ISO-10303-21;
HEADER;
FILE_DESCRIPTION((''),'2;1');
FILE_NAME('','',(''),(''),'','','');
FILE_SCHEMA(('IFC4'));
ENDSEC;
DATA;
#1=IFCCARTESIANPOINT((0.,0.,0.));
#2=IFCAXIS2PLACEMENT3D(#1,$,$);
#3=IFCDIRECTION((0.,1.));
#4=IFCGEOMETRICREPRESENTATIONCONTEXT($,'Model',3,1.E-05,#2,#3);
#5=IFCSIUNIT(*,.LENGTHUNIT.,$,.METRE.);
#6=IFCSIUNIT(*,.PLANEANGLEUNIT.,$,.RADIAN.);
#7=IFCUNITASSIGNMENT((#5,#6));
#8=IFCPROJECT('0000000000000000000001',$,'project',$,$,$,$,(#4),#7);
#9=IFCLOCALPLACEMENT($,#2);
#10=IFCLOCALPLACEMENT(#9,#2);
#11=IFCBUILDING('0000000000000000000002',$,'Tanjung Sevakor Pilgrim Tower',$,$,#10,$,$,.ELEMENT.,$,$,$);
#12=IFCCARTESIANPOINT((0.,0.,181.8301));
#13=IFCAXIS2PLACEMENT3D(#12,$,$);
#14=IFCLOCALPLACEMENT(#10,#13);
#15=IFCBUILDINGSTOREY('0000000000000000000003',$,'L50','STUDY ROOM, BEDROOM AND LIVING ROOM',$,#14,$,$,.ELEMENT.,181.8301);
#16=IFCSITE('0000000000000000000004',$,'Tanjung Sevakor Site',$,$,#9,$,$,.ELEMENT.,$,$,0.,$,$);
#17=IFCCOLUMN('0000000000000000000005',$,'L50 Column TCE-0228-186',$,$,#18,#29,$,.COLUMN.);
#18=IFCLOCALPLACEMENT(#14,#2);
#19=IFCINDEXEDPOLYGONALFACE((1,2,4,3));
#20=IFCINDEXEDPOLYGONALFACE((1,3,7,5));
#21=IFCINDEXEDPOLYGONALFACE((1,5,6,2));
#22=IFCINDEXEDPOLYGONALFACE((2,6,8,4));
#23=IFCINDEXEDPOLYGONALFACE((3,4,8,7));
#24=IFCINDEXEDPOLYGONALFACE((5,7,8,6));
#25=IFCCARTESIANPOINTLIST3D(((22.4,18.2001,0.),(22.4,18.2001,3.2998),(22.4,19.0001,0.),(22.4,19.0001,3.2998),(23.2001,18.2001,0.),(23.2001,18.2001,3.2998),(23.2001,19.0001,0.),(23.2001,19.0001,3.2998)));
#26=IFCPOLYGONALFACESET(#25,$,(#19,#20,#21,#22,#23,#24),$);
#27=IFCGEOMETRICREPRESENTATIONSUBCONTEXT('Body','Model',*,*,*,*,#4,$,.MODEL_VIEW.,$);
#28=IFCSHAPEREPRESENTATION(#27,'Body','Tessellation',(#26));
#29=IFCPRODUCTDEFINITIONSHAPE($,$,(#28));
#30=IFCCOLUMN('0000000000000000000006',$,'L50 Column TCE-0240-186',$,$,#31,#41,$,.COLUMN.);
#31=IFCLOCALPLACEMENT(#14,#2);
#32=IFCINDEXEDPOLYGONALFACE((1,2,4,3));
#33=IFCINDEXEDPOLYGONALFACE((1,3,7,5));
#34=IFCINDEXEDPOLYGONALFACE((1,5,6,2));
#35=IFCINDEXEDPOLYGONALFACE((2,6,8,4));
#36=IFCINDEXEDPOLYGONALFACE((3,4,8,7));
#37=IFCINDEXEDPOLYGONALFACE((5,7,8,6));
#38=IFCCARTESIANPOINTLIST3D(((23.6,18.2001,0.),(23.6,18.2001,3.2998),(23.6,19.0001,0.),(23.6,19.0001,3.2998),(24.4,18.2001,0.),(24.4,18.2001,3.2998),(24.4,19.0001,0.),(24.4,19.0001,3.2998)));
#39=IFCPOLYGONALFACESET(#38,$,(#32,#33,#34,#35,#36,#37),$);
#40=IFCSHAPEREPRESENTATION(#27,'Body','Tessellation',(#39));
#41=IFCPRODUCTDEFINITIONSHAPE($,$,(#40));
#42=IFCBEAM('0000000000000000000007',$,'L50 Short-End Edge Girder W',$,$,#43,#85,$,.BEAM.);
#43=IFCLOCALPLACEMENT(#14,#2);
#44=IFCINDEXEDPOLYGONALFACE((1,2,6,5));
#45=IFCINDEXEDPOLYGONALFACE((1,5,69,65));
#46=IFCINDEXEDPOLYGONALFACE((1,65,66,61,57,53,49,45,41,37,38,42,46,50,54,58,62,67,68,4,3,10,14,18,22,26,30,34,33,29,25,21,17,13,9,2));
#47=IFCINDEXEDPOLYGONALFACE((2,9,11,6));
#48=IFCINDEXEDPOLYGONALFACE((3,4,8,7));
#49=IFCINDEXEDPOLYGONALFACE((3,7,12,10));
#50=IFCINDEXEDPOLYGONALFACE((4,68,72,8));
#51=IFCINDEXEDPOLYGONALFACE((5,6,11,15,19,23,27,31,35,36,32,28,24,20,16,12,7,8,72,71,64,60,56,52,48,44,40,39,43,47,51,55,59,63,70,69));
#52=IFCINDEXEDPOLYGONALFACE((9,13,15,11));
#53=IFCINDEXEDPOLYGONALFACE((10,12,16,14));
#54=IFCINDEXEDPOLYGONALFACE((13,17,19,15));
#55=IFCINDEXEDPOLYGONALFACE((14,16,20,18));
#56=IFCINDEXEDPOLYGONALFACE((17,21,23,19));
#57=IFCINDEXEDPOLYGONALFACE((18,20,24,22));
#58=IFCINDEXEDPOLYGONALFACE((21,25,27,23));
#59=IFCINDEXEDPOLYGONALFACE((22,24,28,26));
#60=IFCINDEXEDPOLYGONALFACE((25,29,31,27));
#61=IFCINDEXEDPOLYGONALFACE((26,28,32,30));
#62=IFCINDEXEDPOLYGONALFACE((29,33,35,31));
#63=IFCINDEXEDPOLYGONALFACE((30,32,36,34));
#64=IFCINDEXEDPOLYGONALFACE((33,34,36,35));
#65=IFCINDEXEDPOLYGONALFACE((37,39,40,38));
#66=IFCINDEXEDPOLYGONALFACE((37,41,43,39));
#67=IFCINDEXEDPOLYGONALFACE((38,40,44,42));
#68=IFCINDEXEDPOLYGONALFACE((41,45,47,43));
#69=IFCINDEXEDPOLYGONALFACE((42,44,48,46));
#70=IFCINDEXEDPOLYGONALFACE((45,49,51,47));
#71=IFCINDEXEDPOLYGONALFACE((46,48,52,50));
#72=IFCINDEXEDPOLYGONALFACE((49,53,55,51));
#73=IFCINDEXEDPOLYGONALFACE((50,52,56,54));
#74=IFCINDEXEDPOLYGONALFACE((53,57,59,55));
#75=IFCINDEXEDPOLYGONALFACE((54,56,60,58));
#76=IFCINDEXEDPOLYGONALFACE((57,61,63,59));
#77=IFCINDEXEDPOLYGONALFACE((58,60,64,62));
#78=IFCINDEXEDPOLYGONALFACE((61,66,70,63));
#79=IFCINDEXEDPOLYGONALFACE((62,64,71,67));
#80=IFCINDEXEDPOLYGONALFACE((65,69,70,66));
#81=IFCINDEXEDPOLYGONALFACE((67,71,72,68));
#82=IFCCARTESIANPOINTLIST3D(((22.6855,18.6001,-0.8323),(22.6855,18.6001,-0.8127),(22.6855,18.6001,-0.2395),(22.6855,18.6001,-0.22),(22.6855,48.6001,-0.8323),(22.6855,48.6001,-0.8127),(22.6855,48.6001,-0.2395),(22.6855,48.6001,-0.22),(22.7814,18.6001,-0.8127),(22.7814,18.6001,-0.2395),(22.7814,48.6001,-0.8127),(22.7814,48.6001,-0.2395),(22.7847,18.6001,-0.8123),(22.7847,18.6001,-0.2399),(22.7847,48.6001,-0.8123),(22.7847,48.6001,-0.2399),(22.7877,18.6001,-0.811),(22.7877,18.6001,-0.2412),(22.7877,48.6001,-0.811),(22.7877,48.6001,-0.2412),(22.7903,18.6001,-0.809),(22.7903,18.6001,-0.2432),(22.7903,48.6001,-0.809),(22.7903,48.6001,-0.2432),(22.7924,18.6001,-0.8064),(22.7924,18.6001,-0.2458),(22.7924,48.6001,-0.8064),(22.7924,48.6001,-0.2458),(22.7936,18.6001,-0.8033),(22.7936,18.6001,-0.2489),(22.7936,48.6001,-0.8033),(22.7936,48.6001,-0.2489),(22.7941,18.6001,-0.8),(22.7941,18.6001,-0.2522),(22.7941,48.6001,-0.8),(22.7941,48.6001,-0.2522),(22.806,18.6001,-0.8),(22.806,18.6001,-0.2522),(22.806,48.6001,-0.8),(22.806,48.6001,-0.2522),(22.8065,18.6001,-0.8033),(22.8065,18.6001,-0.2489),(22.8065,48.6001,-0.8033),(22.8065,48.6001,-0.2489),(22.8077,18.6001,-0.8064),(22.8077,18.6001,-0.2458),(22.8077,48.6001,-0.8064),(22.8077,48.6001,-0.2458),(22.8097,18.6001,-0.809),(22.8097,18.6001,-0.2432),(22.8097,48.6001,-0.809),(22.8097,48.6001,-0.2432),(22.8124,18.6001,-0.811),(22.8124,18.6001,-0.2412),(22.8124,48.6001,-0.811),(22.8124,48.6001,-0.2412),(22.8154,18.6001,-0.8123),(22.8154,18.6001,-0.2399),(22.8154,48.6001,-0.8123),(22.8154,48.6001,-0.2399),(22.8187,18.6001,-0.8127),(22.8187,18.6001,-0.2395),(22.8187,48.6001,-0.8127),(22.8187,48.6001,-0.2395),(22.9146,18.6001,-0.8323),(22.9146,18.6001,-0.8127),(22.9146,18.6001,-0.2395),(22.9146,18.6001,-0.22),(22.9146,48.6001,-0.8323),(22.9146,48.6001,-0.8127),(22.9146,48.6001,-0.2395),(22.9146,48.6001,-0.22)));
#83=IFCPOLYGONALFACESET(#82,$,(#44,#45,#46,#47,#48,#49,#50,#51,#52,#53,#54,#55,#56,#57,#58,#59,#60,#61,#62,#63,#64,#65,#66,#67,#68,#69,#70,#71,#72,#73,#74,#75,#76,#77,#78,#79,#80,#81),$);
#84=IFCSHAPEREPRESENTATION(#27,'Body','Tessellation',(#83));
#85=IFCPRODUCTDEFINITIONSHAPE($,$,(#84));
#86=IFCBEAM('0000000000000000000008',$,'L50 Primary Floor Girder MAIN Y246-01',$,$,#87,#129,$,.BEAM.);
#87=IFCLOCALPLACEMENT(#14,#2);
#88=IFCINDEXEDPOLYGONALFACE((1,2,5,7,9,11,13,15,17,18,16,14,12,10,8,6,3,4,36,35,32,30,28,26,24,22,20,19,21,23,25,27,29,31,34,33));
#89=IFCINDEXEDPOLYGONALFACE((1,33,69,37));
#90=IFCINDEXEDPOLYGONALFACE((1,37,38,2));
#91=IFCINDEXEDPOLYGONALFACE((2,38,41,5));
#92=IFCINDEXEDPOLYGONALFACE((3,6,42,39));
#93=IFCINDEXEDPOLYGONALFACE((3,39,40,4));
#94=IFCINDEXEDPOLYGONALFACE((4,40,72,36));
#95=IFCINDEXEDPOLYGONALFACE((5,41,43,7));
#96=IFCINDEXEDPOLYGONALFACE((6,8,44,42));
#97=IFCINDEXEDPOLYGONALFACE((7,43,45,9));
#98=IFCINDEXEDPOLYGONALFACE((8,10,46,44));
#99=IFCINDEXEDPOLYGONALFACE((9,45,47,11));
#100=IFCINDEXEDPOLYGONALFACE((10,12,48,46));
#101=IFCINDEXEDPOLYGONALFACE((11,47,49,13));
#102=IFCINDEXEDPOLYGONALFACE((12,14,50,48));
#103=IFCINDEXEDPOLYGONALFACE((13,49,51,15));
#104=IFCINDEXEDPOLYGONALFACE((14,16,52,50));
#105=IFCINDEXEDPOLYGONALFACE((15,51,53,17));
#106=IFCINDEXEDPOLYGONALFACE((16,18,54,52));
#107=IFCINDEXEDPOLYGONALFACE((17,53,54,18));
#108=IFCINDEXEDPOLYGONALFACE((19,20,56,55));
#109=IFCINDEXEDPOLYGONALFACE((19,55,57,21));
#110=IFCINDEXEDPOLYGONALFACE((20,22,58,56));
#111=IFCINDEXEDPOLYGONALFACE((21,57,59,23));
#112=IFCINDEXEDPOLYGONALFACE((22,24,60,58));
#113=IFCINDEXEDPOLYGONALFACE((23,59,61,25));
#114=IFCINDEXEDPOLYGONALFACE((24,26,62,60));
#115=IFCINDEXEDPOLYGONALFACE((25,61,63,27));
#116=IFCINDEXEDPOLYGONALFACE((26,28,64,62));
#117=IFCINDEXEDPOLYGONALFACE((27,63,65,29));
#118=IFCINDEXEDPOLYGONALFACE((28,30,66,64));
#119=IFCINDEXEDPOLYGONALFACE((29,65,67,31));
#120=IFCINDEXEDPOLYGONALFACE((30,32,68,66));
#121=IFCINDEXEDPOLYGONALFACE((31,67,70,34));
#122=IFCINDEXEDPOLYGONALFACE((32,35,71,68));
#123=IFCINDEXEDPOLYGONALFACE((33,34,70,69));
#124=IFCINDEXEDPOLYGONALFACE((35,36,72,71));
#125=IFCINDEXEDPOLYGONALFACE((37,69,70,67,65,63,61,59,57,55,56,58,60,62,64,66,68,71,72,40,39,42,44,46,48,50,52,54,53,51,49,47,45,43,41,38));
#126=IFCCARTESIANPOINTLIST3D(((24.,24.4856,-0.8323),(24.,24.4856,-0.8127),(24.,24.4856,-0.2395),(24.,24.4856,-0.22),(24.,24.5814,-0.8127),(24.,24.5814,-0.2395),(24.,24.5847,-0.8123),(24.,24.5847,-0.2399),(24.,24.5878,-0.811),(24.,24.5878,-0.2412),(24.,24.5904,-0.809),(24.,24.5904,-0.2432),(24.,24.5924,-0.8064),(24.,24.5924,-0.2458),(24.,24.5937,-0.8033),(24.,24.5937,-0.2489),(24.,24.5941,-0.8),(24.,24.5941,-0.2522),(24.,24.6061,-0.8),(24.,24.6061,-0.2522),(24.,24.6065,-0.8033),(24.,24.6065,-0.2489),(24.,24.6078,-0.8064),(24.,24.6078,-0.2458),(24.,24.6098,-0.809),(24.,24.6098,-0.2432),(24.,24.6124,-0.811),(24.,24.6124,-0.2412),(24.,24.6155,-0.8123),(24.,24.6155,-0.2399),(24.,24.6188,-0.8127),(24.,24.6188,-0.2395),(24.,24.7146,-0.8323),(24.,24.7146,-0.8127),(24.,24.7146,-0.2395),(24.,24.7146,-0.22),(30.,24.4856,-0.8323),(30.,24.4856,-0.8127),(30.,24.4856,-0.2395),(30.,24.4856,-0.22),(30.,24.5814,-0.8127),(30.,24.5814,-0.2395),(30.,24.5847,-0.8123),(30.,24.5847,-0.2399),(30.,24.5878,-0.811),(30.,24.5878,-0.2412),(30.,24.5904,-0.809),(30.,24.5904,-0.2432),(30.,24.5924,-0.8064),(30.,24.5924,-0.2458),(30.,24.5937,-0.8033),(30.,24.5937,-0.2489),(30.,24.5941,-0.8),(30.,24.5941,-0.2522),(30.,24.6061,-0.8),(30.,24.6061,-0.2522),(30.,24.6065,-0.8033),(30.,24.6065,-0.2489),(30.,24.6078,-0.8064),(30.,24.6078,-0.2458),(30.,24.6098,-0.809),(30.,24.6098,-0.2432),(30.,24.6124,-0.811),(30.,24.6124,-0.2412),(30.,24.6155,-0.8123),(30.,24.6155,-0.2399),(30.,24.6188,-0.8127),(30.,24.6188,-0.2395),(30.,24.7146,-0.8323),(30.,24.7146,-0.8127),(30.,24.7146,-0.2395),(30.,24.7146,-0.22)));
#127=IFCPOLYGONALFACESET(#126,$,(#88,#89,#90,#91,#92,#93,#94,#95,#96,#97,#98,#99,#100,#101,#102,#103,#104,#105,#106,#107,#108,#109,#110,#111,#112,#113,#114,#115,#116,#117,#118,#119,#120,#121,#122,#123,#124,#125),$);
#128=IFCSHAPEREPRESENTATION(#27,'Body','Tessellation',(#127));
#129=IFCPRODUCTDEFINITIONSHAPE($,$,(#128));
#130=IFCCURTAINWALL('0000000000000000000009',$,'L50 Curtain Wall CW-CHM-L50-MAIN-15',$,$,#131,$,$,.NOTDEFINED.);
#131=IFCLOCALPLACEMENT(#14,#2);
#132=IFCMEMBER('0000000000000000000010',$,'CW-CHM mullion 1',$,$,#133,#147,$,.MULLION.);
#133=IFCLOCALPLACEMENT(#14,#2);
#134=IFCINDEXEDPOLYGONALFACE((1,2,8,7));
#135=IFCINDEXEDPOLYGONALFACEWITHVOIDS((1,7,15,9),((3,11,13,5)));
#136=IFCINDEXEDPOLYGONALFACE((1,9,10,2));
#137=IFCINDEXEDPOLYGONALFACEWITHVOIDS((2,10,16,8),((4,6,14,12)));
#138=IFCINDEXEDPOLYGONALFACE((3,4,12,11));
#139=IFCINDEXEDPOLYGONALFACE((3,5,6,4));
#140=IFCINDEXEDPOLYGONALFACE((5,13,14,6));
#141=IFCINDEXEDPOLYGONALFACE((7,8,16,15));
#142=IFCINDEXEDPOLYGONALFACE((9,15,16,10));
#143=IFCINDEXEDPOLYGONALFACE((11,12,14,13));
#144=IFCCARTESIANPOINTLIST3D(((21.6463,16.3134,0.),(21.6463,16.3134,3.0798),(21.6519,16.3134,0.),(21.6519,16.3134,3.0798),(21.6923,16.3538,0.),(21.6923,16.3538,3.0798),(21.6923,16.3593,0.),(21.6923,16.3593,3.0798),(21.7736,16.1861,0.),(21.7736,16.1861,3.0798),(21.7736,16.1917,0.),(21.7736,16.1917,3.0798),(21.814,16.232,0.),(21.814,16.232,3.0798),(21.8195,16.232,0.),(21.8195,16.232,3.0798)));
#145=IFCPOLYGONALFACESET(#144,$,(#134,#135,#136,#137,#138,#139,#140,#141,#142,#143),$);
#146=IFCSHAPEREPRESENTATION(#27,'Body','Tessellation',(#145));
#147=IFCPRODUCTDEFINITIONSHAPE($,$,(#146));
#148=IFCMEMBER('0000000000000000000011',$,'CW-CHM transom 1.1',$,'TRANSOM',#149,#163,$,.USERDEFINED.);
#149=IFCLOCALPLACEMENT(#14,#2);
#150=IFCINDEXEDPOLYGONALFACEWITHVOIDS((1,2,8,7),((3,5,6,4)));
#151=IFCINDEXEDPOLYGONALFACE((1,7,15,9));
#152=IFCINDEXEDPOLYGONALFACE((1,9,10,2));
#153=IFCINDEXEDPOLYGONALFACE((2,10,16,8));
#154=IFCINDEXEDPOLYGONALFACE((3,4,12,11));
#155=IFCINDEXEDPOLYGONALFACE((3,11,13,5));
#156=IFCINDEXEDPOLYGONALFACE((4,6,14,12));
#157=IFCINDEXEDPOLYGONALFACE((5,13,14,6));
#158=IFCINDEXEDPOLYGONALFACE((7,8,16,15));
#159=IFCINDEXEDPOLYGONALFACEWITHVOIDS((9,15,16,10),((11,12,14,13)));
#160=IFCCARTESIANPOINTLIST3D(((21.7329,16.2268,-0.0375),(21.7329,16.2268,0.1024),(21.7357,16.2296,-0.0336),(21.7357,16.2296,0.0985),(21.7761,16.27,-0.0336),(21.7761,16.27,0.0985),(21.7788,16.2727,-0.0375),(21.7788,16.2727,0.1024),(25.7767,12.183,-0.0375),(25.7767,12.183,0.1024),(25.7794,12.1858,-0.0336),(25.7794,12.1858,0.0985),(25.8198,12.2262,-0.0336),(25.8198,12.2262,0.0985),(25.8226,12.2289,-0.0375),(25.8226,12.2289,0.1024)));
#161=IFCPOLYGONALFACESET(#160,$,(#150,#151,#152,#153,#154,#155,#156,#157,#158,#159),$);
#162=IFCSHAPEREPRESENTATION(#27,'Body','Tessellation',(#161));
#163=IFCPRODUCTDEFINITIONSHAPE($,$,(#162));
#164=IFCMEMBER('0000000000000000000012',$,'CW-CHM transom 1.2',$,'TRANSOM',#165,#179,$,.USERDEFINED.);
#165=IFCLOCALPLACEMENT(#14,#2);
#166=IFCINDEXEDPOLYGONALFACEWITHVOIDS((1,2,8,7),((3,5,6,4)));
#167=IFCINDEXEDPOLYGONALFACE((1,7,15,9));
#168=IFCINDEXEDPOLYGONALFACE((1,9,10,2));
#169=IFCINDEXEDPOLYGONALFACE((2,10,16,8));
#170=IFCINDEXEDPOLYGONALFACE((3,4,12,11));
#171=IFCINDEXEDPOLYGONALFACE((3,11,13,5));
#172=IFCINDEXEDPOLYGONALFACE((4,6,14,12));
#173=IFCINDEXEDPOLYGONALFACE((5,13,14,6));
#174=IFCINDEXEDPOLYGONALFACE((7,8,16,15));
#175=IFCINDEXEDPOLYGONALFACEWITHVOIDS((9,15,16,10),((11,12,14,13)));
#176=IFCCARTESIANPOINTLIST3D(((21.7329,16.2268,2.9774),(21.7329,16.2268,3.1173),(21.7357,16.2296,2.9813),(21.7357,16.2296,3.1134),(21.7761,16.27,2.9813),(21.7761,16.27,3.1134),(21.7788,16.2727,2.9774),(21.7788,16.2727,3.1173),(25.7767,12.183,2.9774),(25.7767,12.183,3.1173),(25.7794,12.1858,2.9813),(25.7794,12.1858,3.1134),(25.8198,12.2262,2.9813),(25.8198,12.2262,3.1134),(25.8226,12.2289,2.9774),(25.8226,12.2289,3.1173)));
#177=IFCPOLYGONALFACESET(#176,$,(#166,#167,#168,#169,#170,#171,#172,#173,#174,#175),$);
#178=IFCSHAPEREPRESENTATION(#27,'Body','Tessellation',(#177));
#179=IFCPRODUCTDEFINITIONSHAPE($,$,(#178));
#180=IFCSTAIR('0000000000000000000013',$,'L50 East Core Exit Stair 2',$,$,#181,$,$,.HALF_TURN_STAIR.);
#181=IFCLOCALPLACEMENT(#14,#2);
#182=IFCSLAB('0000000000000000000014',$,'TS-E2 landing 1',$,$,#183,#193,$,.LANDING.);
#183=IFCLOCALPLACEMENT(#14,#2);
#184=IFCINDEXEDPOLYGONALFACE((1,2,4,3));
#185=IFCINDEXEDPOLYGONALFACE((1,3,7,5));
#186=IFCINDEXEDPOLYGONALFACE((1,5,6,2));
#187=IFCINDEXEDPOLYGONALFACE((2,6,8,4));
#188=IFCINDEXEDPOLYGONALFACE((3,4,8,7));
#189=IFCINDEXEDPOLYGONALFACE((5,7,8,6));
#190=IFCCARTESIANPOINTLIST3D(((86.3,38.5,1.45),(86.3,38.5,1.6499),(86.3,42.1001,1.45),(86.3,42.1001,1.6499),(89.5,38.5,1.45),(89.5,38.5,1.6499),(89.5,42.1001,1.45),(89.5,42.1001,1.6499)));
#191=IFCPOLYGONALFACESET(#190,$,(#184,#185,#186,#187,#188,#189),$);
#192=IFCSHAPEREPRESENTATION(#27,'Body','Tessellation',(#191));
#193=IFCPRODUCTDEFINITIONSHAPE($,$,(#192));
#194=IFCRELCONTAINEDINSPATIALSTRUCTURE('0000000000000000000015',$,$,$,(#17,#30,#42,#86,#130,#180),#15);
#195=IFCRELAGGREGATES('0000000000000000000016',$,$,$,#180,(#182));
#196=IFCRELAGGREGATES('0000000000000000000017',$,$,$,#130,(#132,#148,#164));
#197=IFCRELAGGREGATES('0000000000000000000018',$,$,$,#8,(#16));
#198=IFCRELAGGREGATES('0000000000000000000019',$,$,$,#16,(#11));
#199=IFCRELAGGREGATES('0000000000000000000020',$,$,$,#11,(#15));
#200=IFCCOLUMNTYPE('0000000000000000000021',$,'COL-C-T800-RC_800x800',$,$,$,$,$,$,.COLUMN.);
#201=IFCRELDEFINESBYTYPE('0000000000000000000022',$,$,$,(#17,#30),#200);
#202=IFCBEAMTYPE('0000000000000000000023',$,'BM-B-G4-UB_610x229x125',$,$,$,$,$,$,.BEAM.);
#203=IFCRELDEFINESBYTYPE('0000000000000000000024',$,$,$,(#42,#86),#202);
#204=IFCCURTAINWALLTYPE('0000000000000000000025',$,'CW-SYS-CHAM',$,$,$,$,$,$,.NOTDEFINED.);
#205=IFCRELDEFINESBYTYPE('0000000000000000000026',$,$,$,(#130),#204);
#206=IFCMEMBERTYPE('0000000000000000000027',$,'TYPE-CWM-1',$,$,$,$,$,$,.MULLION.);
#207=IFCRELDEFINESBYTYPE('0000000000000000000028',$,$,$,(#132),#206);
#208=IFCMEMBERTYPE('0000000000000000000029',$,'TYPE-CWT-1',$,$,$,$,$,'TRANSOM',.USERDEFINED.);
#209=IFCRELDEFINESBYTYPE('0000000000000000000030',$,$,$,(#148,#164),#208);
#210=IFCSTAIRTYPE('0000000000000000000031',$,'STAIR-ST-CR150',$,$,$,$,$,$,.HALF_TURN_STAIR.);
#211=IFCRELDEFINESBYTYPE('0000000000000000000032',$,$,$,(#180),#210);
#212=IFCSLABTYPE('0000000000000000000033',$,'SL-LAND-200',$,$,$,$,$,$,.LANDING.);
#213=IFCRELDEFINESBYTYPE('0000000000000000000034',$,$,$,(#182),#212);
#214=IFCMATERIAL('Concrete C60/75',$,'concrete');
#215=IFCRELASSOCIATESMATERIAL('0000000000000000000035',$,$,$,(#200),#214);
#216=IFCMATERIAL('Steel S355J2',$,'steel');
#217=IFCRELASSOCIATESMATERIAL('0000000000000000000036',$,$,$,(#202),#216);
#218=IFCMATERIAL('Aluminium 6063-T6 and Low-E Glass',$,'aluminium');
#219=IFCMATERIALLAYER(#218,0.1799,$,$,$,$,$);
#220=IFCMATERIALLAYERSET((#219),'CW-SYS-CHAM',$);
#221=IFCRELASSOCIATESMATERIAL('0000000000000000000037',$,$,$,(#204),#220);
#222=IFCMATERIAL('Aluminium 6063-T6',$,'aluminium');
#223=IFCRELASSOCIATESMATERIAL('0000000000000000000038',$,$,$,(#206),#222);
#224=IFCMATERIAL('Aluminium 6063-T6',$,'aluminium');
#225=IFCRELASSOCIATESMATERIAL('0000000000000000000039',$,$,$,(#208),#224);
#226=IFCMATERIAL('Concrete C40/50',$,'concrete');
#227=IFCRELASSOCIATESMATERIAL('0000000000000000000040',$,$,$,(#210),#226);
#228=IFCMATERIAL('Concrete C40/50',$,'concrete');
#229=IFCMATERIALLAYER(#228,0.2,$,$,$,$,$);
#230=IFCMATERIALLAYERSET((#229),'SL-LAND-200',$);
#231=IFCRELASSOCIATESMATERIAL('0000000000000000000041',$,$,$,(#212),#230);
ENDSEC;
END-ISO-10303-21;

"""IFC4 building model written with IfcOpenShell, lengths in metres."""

from ifc_helpers import new_model, si_unit, direction, frame, origin, origin_2d, place, context, subcontext, project, spatial, polyline, rectangle, hollow_rectangle, i_section, outline, extrude, material, layer, layer_set, material_profile, profile_set, type_object, element, aggregate, save


model = new_model("IFC4")

# Units and contexts
model_context = context("Model", 3, precision=1e-05, world=origin(), true_north=direction((0.0, 1.0)))
body_context = subcontext(model_context, "Body", "Model", "MODEL_VIEW")
ifc_project = project(units=[si_unit("LENGTHUNIT", "METRE"), si_unit("PLANEANGLEUNIT", "RADIAN")], contexts=[model_context])

# Site, building, storey
site_placement = place(None, origin())
site = spatial("IfcSite", under=ifc_project, at=site_placement, Name="Tanjung Sevakor Site", CompositionType="ELEMENT", RefElevation=0.0)
building_placement = place(site_placement, origin())
building = spatial("IfcBuilding", under=site, at=building_placement, Name="Tanjung Sevakor Pilgrim Tower", CompositionType="ELEMENT")
storey_placement = place(building_placement, frame((0.0, 0.0, 181.8301)))
storey = spatial("IfcBuildingStorey", under=building, at=storey_placement, Name="L50", Description="STUDY ROOM, BEDROOM AND LIVING ROOM", CompositionType="ELEMENT", Elevation=181.8301)

# Columns
ifc_material_1 = material(Name="Concrete C60/75", Category="concrete")
ifc_material_profile_1 = material_profile(ifc_material_1, rectangle(XDim=0.8, YDim=0.8, at=origin_2d()))
ifc_profile_set_1 = profile_set([ifc_material_profile_1], Name="Concrete C60/75")
column_type = type_object("IfcColumnType", Name="COL-C-T800-RC_800x800", PredefinedType="COLUMN", material=ifc_profile_set_1)
for number, where, z_axis, x_axis, name in (
    (1, (22.8, 18.6001, 0.0), (0.0, 0.0, 1.0), (1.0, 0.0, 0.0), "L50 Column TCE-0228-186"),
    (2, (24.0, 18.6001, 0.0), (0.0, 0.0, 1.0), (1.0, 0.0, 0.0), "L50 Column TCE-0240-186"),
):
    element("IfcColumn", number, at=place(storey_placement, frame(where, z_axis=z_axis, x_axis=x_axis)), inside=storey, type_object=column_type, Name=name, PredefinedType="COLUMN", context=body_context, shape_type="SweptSolid", body=[
        extrude(rectangle(XDim=0.8, YDim=0.8, at=origin_2d()), origin(), (0.0, 0.0, 1.0), 3.2998),
    ])

# Beams
ifc_material_2 = material(Name="Steel S355J2", Category="steel")
ifc_material_profile_2 = material_profile(ifc_material_2, i_section(OverallWidth=0.229, OverallDepth=0.6123, WebThickness=0.012, FlangeThickness=0.0195, FilletRadius=0.0127, at=origin_2d()))
ifc_profile_set_2 = profile_set([ifc_material_profile_2], Name="Steel S355J2")
beam_type = type_object("IfcBeamType", Name="BM-B-G4-UB_610x229x125", PredefinedType="BEAM", material=ifc_profile_set_2)
beam_1_placement = place(storey_placement, frame((22.8, 18.6001, -0.5261), z_axis=(0.0, 1.0, 0.0), x_axis=(-1.0, 0.0, 0.0)))
element("IfcBeam", 3, at=beam_1_placement, inside=storey, type_object=beam_type, Name="L50 Short-End Edge Girder W", PredefinedType="BEAM", context=body_context, shape_type="SweptSolid", body=[
    extrude(i_section(OverallWidth=0.229, OverallDepth=0.6123, WebThickness=0.012, FlangeThickness=0.0195, FilletRadius=0.0127, at=origin_2d()), origin(), (0.0, 0.0, 1.0), 30.0),
])
beam_2_placement = place(storey_placement, frame((24.0, 24.6001, -0.5261), z_axis=(1.0, 0.0, 0.0), x_axis=(0.0, 1.0, 0.0)))
element("IfcBeam", 4, at=beam_2_placement, inside=storey, type_object=beam_type, Name="L50 Primary Floor Girder MAIN Y246-01", PredefinedType="BEAM", context=body_context, shape_type="SweptSolid", body=[
    extrude(i_section(OverallWidth=0.229, OverallDepth=0.6123, WebThickness=0.012, FlangeThickness=0.0195, FilletRadius=0.0127, at=origin_2d()), origin(), (0.0, 0.0, 1.0), 6.0),
])

# Curtain wall, members
ifc_material_3 = material(Name="Aluminium 6063-T6 and Low-E Glass", Category="aluminium")
ifc_layer_1 = layer(ifc_material_3, 0.1799)
ifc_layer_set_1 = layer_set([ifc_layer_1], Name="CW-SYS-CHAM")
curtain_wall_type = type_object("IfcCurtainWallType", Name="CW-SYS-CHAM", PredefinedType="NOTDEFINED", material=ifc_layer_set_1)
curtain_wall_placement = place(storey_placement, origin())
curtain_wall = element("IfcCurtainWall", 5, at=curtain_wall_placement, inside=storey, type_object=curtain_wall_type, Name="L50 Curtain Wall CW-CHM-L50-MAIN-15", PredefinedType="NOTDEFINED")
ifc_material_4 = material(Name="Aluminium 6063-T6", Category="aluminium")
ifc_material_profile_3 = material_profile(ifc_material_4, hollow_rectangle(XDim=0.0649, YDim=0.1799, WallThickness=0.0039, at=origin_2d()))
ifc_profile_set_3 = profile_set([ifc_material_profile_3], Name="Aluminium 6063-T6")
member_type_1 = type_object("IfcMemberType", Name="TYPE-CWM-1", PredefinedType="MULLION", material=ifc_profile_set_3)
member_1_placement = place(storey_placement, frame((21.7329, 16.2727, 0.0), z_axis=(0.0, 0.0, 1.0), x_axis=(0.707107, 0.707107, 0.0)))
member_1 = element("IfcMember", 6, at=member_1_placement, type_object=member_type_1, Name="CW-CHM mullion 1", PredefinedType="MULLION", context=body_context, shape_type="SweptSolid", body=[
    extrude(hollow_rectangle(XDim=0.0649, YDim=0.1799, WallThickness=0.0039, at=origin_2d()), origin(), (0.0, 0.0, 1.0), 3.0798),
])
ifc_material_5 = material(Name="Aluminium 6063-T6", Category="aluminium")
ifc_material_profile_4 = material_profile(ifc_material_5, hollow_rectangle(XDim=0.0649, YDim=0.1399, WallThickness=0.0039, at=origin_2d()))
ifc_profile_set_4 = profile_set([ifc_material_profile_4], Name="Aluminium 6063-T6")
member_type_2 = type_object("IfcMemberType", Name="TYPE-CWT-1", ElementType="TRANSOM", PredefinedType="USERDEFINED", material=ifc_profile_set_4)
member_2_placement = place(storey_placement, frame((21.7559, 16.2498, 0.0325), z_axis=(0.707107, -0.707107, 0.0), x_axis=(0.707107, 0.707107, 0.0)))
member_2 = element("IfcMember", 7, at=member_2_placement, type_object=member_type_2, Name="CW-CHM transom 1.1", ObjectType="TRANSOM", PredefinedType="USERDEFINED", context=body_context, shape_type="SweptSolid", body=[
    extrude(hollow_rectangle(XDim=0.0649, YDim=0.1399, WallThickness=0.0039, at=origin_2d()), origin(), (0.0, 0.0, 1.0), 5.7188),
])
member_3_placement = place(storey_placement, frame((21.7559, 16.2498, 3.0474), z_axis=(0.707107, -0.707107, 0.0), x_axis=(0.707107, 0.707107, 0.0)))
member_3 = element("IfcMember", 8, at=member_3_placement, type_object=member_type_2, Name="CW-CHM transom 1.2", ObjectType="TRANSOM", PredefinedType="USERDEFINED", context=body_context, shape_type="SweptSolid", body=[
    extrude(hollow_rectangle(XDim=0.0649, YDim=0.1399, WallThickness=0.0039, at=origin_2d()), origin(), (0.0, 0.0, 1.0), 5.7188),
])

# Stair, slab
ifc_material_6 = material(Name="Concrete C40/50", Category="concrete")
stair_type = type_object("IfcStairType", Name="STAIR-ST-CR150", PredefinedType="HALF_TURN_STAIR", material=ifc_material_6)
stair_placement = place(storey_placement, origin())
stair = element("IfcStair", 9, at=stair_placement, inside=storey, type_object=stair_type, Name="L50 East Core Exit Stair 2", PredefinedType="HALF_TURN_STAIR")
ifc_material_7 = material(Name="Concrete C40/50", Category="concrete")
ifc_layer_2 = layer(ifc_material_7, 0.2)
ifc_layer_set_2 = layer_set([ifc_layer_2], Name="SL-LAND-200")
slab_type = type_object("IfcSlabType", Name="SL-LAND-200", PredefinedType="LANDING", material=ifc_layer_set_2)
slab_placement = place(storey_placement, frame((0.0, 0.0, 1.45)))
slab = element("IfcSlab", 10, at=slab_placement, type_object=slab_type, Name="TS-E2 landing 1", PredefinedType="LANDING", context=body_context, shape_type="SweptSolid", body=[
    extrude(outline(polyline([(89.5, 38.5), (89.5, 42.1001), (86.3, 42.1001), (86.3, 38.5), (89.5, 38.5)])), origin(), (0.0, 0.0, 1.0), 0.2),
])
aggregate(stair, [slab])

aggregate(curtain_wall, [member_1, member_2, member_3])

save(model, "model.ifc")
